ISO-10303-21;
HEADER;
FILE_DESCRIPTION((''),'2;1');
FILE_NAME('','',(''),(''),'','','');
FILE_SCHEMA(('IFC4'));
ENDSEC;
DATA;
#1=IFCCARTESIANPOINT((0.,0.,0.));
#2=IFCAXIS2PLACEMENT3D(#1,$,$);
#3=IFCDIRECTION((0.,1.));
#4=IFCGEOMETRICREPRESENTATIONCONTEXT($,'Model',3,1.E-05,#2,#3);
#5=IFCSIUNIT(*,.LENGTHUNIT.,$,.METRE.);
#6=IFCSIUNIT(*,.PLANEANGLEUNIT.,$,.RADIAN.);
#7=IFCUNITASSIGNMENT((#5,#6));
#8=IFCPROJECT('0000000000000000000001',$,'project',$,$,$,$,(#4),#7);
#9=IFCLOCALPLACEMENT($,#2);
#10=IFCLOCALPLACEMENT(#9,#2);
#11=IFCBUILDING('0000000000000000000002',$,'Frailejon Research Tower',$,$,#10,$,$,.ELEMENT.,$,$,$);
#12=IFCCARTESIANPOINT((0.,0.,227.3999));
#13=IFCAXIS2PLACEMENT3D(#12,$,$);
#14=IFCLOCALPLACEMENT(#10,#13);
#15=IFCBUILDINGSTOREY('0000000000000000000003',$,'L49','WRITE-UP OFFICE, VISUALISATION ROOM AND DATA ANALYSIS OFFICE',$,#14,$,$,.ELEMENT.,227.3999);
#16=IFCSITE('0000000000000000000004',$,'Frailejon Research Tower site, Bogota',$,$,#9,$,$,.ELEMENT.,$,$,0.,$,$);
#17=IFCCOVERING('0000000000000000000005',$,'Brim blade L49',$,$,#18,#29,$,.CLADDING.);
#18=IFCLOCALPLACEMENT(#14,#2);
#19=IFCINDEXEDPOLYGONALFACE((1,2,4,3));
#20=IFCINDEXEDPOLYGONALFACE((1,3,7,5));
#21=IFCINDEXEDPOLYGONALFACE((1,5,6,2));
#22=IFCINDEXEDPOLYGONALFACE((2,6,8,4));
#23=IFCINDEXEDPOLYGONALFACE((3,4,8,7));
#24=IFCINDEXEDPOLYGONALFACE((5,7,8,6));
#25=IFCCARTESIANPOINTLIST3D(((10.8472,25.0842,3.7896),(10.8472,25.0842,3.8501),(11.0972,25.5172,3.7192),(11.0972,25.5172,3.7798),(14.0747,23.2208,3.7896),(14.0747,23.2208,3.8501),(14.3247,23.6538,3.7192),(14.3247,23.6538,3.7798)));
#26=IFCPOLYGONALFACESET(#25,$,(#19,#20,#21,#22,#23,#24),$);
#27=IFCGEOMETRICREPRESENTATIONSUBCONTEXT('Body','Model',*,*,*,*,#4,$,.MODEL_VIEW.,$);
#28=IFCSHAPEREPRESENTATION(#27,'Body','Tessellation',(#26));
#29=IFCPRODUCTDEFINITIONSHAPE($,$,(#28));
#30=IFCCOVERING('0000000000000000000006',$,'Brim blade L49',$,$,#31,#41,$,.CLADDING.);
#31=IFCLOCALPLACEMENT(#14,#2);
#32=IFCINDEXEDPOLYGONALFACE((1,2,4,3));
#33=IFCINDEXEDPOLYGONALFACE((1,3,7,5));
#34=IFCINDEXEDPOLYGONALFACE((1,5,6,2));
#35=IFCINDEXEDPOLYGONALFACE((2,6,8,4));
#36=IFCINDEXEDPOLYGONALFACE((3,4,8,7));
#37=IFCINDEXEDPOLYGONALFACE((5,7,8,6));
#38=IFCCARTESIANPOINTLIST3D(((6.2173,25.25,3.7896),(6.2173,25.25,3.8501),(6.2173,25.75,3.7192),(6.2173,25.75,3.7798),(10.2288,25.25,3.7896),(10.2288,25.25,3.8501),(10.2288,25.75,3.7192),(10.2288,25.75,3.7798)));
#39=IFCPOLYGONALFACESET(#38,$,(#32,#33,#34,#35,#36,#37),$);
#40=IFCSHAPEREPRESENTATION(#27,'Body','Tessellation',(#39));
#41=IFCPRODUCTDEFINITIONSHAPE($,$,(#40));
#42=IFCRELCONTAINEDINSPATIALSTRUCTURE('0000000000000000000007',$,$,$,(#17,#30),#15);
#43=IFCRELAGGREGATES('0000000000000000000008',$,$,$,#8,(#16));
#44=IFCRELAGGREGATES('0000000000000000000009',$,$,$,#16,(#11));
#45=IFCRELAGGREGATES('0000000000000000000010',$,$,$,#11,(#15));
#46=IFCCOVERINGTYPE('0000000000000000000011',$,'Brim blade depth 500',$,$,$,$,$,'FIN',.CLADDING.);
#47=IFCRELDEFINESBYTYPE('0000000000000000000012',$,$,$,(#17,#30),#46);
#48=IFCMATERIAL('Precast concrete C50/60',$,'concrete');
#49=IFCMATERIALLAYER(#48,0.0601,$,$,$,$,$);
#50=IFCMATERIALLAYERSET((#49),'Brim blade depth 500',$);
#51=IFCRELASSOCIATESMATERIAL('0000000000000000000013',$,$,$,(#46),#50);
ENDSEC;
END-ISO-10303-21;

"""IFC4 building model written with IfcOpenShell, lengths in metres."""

from ifc_helpers import new_model, si_unit, direction, frame, origin, place, context, subcontext, project, spatial, polyline, outline, extrude, material, layer, layer_set, type_object, element, save


model = new_model("IFC4")

# Units and contexts
model_context = context("Model", 3, precision=1e-05, world=origin(), true_north=direction((0.0, 1.0)))
body_context = subcontext(model_context, "Body", "Model", "MODEL_VIEW")
ifc_project = project(units=[si_unit("LENGTHUNIT", "METRE"), si_unit("PLANEANGLEUNIT", "RADIAN")], contexts=[model_context])

# Site, building, storey
site_placement = place(None, origin())
site = spatial("IfcSite", under=ifc_project, at=site_placement, Name="Frailejon Research Tower site, Bogota", CompositionType="ELEMENT", RefElevation=0.0)
building_placement = place(site_placement, origin())
building = spatial("IfcBuilding", under=site, at=building_placement, Name="Frailejon Research Tower", CompositionType="ELEMENT")
storey_placement = place(building_placement, frame((0.0, 0.0, 227.3999)))
storey = spatial("IfcBuildingStorey", under=building, at=storey_placement, Name="L49", Description="WRITE-UP OFFICE, VISUALISATION ROOM AND DATA ANALYSIS OFFICE", CompositionType="ELEMENT", Elevation=227.3999)

# Coverings
ifc_material_1 = material(Name="Precast concrete C50/60", Category="concrete")
ifc_layer_1 = layer(ifc_material_1, 0.0601)
ifc_layer_set_1 = layer_set([ifc_layer_1], Name="Brim blade depth 500")
covering_type_1 = type_object("IfcCoveringType", Name="Brim blade depth 500", ElementType="FIN", PredefinedType="CLADDING", material=ifc_layer_set_1)
covering_1_placement = place(storey_placement, frame((10.8472, 25.0842, 3.8501), z_axis=(0.866025, -0.500001, 0.0), x_axis=(0.500001, 0.866025, 0.0)))
element("IfcCovering", 1, at=covering_1_placement, inside=storey, type_object=covering_type_1, Name="Brim blade L49", PredefinedType="CLADDING", context=body_context, shape_type="SweptSolid", body=[
    extrude(outline(polyline([(0.0, -0.0605), (0.5, -0.1309), (0.5, -0.0703), (0.0, 0.0), (0.0, -0.0605)])), origin(), (0.0, 0.0, 1.0), 3.7268),
])
covering_2_placement = place(storey_placement, frame((6.2173, 25.25, 3.8501), z_axis=(1.0, 0.0, 0.0), x_axis=(0.0, 1.0, 0.0)))
element("IfcCovering", 2, at=covering_2_placement, inside=storey, type_object=covering_type_1, Name="Brim blade L49", PredefinedType="CLADDING", context=body_context, shape_type="SweptSolid", body=[
    extrude(outline(polyline([(0.0, -0.0605), (0.5, -0.1309), (0.5, -0.0703), (0.0, 0.0), (0.0, -0.0605)])), origin(), (0.0, 0.0, 1.0), 4.0115),
])

save(model, "model.ifc")
